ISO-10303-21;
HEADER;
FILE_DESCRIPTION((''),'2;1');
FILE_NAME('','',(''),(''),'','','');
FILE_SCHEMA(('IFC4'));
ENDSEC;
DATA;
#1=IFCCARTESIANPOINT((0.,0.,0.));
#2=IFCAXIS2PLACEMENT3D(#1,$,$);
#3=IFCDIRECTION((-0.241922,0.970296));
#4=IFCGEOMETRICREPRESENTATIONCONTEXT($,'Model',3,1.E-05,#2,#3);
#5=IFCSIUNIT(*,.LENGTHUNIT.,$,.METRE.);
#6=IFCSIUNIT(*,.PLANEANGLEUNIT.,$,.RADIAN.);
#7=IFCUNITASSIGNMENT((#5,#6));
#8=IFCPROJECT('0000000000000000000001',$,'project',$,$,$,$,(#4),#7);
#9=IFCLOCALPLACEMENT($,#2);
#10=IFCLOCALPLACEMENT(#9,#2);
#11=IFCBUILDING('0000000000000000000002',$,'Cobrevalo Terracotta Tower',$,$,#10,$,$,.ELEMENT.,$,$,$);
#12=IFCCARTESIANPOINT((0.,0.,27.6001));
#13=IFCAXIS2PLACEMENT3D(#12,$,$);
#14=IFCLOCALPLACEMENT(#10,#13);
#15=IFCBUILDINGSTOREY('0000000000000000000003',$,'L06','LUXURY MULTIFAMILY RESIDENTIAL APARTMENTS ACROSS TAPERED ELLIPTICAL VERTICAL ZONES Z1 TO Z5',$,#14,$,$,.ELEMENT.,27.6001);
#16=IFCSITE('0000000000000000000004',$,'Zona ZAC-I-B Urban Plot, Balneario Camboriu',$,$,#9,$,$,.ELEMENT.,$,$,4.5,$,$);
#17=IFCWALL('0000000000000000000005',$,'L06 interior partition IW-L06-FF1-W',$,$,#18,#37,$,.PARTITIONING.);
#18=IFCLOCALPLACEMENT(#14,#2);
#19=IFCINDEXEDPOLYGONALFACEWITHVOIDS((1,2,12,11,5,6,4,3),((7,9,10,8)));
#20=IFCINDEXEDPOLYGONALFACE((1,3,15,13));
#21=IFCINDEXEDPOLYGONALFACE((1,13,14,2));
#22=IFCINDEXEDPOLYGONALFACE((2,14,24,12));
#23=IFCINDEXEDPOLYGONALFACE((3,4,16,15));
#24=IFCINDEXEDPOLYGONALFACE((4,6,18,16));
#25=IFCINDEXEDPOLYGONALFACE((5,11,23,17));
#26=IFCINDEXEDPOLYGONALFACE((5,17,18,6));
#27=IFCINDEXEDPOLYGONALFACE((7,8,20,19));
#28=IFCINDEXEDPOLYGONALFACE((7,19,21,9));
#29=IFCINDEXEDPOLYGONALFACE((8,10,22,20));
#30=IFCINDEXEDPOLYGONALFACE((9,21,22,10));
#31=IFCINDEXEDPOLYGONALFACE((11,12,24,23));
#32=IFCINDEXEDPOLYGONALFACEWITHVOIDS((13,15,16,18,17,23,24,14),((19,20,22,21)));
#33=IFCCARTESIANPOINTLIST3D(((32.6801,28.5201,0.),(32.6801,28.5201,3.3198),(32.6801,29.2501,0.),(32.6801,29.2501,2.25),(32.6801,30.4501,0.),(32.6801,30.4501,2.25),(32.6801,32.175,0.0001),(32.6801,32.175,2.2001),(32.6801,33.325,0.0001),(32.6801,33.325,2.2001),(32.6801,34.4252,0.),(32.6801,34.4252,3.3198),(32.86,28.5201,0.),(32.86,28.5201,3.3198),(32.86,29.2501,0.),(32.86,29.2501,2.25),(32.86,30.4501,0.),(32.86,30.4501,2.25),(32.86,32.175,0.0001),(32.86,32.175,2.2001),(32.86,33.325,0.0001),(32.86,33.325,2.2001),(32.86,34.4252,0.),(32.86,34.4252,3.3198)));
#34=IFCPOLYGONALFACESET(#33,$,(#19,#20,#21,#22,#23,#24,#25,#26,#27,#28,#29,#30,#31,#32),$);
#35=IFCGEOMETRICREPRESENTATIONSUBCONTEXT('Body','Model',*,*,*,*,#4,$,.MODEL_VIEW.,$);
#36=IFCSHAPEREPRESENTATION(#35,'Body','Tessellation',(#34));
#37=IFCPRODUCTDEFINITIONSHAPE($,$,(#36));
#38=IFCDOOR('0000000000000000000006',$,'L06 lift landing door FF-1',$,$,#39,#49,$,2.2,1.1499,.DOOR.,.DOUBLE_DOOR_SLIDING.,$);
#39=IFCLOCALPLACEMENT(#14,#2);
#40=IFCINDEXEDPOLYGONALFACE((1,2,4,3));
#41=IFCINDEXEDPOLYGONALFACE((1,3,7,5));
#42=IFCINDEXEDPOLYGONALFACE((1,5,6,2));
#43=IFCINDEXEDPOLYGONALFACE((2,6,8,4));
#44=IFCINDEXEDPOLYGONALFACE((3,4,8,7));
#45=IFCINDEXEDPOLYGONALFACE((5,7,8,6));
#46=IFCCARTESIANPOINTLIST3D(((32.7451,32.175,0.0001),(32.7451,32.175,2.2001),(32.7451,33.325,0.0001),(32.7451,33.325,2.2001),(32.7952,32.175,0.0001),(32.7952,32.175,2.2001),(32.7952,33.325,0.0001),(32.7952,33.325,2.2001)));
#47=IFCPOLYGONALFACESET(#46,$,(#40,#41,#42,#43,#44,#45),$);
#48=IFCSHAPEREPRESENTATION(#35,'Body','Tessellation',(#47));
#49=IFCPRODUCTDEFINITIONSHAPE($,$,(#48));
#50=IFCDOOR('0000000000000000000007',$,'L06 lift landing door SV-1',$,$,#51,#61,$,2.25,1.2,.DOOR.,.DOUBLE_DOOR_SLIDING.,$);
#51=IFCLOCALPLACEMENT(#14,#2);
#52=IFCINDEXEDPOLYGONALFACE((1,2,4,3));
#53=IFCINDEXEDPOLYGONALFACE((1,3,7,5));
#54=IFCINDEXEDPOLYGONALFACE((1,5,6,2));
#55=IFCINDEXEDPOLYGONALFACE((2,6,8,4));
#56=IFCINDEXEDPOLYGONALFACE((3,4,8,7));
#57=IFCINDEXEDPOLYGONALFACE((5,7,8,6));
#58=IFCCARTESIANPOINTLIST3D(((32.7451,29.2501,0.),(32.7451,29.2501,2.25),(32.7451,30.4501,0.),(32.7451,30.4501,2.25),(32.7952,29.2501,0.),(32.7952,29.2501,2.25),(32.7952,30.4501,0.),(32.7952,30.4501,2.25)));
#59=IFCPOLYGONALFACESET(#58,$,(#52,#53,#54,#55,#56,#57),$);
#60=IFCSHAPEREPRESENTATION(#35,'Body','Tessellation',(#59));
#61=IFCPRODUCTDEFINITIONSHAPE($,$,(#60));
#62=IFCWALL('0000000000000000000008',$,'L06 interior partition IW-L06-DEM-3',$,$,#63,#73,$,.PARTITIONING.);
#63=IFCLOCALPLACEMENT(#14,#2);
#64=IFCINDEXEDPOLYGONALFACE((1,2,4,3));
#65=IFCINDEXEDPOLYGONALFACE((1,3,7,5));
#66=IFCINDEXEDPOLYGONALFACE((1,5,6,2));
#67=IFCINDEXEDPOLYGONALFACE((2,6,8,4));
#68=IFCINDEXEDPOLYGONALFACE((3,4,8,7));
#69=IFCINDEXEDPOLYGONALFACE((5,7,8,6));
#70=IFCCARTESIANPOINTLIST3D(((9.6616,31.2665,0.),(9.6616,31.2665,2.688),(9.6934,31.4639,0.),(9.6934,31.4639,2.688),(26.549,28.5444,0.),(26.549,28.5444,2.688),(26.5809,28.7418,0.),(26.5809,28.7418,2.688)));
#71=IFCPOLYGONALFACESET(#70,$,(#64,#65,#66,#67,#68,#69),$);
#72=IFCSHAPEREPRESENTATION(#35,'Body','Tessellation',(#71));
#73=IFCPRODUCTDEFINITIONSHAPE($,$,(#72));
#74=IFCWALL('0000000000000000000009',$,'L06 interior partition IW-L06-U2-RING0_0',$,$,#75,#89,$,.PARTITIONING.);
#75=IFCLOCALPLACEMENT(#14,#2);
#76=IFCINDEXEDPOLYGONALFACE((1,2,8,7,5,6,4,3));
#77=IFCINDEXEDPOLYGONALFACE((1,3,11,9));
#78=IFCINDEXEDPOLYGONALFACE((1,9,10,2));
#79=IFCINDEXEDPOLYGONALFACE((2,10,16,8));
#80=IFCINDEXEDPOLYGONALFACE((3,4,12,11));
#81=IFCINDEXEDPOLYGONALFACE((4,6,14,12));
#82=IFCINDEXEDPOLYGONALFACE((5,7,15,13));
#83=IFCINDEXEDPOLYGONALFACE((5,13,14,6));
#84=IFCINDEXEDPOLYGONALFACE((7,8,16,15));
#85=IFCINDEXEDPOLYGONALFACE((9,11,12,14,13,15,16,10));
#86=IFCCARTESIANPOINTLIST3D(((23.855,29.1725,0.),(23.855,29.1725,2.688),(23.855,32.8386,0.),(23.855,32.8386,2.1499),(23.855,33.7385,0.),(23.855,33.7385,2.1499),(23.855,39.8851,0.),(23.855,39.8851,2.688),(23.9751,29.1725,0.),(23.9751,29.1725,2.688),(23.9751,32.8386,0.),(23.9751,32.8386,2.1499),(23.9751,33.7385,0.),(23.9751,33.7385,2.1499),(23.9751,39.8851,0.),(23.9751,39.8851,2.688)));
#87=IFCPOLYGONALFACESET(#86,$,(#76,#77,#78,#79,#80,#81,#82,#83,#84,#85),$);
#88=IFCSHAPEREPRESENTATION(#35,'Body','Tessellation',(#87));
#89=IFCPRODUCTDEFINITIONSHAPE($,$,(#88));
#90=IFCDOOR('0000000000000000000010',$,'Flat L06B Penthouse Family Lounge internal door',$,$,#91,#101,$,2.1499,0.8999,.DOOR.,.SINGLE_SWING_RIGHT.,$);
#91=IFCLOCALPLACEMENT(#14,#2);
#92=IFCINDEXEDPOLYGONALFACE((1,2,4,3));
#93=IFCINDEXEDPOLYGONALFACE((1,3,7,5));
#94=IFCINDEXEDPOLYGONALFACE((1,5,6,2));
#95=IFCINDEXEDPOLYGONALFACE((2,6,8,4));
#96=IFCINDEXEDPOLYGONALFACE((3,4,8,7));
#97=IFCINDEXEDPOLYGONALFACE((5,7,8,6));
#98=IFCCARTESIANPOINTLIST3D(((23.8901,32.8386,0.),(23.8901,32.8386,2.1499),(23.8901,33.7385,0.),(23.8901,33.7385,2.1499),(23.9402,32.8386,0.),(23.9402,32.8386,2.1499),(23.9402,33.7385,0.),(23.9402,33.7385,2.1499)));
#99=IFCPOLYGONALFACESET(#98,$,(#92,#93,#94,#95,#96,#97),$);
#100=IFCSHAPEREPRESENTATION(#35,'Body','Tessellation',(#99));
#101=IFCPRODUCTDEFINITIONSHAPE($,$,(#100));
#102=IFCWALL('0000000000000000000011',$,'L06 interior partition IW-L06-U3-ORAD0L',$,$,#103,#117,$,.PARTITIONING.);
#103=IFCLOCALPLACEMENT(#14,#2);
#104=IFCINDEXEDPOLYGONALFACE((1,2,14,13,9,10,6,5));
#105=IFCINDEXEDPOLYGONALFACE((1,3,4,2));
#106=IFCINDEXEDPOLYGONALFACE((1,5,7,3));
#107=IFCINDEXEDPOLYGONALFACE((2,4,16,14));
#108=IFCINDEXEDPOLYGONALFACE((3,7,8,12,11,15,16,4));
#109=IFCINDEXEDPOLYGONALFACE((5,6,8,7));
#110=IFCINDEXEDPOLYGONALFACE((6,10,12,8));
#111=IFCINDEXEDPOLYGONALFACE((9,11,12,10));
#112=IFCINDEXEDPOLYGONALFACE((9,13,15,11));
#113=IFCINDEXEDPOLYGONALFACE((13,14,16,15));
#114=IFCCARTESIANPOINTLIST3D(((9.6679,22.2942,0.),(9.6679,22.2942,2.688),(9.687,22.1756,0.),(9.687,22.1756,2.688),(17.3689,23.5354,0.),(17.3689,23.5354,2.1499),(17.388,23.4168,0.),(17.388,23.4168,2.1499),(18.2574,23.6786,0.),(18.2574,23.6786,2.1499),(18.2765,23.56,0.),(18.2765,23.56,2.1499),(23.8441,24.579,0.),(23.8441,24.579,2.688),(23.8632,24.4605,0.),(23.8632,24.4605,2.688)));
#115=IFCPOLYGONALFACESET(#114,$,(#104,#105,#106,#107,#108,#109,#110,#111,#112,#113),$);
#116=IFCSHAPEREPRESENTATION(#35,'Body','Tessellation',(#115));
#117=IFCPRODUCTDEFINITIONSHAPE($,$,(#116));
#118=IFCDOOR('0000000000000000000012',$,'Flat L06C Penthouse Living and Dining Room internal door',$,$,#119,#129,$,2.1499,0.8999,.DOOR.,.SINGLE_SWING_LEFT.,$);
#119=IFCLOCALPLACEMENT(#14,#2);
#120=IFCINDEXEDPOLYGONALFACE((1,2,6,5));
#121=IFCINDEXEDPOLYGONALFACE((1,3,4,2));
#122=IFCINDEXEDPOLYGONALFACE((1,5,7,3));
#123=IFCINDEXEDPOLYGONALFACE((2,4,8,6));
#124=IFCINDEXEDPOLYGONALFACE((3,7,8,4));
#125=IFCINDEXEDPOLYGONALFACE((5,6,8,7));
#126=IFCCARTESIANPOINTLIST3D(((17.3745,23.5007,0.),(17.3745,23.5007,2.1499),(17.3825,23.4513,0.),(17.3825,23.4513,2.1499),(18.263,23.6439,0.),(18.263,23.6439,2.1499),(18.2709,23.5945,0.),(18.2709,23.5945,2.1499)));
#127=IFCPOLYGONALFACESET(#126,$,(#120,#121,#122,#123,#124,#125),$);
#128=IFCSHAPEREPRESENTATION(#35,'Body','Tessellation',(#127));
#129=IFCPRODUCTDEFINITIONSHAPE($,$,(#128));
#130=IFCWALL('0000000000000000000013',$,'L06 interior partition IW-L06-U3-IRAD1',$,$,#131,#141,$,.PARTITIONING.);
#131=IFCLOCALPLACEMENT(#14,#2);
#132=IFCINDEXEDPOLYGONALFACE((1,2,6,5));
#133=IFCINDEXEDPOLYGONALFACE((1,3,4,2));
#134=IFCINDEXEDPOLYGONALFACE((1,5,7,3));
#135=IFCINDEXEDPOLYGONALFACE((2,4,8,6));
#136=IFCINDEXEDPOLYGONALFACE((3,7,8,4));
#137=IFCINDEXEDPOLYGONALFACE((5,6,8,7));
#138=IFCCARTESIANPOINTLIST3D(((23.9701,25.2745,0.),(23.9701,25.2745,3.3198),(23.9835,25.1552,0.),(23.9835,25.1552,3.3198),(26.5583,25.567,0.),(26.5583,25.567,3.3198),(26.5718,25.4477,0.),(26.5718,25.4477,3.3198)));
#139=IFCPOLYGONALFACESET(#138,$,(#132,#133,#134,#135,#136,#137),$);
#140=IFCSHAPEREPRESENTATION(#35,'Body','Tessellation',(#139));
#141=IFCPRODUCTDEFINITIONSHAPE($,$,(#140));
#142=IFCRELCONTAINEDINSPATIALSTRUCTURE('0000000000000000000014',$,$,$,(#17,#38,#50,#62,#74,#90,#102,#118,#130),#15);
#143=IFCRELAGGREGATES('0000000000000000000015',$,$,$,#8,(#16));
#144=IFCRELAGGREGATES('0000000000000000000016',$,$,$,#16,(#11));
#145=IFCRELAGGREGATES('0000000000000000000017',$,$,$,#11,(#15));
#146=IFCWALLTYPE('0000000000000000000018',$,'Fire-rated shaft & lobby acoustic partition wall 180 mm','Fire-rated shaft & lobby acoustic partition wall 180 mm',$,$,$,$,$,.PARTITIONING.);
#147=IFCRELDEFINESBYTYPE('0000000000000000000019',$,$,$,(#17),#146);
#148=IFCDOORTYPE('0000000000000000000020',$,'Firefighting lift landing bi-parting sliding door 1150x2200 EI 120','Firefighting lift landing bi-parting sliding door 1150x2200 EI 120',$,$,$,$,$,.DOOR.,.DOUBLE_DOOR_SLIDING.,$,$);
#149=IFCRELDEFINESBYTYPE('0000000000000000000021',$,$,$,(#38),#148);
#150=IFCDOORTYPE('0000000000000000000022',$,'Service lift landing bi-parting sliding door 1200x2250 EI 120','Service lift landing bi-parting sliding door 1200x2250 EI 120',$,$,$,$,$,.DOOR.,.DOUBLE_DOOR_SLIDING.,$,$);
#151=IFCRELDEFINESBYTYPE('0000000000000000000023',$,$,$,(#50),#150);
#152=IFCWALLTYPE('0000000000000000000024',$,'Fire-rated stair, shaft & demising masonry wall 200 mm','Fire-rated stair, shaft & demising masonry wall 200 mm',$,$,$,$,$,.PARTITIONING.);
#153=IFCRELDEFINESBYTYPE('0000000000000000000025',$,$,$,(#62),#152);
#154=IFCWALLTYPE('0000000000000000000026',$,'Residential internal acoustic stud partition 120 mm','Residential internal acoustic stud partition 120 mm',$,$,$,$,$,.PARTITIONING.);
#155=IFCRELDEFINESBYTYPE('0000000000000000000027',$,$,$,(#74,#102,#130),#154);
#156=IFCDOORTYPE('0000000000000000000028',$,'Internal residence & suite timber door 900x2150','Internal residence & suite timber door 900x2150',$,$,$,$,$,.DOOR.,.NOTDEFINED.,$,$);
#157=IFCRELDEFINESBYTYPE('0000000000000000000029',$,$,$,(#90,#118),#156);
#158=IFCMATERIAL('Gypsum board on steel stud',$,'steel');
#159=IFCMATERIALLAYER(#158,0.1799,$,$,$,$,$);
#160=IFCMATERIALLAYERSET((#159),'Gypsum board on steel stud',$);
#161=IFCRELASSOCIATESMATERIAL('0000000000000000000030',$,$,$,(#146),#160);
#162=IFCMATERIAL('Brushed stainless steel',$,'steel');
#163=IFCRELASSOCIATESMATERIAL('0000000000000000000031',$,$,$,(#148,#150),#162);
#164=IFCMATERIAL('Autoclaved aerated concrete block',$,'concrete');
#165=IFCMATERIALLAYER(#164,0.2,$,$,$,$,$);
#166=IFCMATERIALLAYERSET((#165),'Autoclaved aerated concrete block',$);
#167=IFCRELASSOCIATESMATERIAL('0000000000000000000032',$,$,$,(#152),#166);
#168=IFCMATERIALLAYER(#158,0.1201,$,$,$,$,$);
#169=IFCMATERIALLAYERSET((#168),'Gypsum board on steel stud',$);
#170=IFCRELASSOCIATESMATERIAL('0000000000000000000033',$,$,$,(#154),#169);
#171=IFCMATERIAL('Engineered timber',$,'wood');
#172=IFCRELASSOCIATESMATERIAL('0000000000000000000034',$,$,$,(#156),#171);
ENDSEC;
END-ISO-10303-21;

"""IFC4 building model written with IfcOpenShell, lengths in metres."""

from ifc_helpers import new_model, si_unit, direction, frame, frame_2d, origin, place, context, subcontext, project, spatial, rectangle, extrude, source, transform, mapped, material, layer, layer_set, type_object, element, fill, save


model = new_model("IFC4")

# Units and contexts
model_context = context("Model", 3, precision=1e-05, world=origin(), true_north=direction((-0.241922, 0.970296)))
body_context = subcontext(model_context, "Body", "Model", "MODEL_VIEW")
ifc_project = project(units=[si_unit("LENGTHUNIT", "METRE"), si_unit("PLANEANGLEUNIT", "RADIAN")], contexts=[model_context])

# Site, building, storey
site_placement = place(None, origin())
site = spatial("IfcSite", under=ifc_project, at=site_placement, Name="Zona ZAC-I-B Urban Plot, Balneario Camboriu", CompositionType="ELEMENT", RefElevation=4.5)
building_placement = place(site_placement, origin())
building = spatial("IfcBuilding", under=site, at=building_placement, Name="Cobrevalo Terracotta Tower", CompositionType="ELEMENT")
storey_placement = place(building_placement, frame((0.0, 0.0, 27.6001)))
storey = spatial("IfcBuildingStorey", under=building, at=storey_placement, Name="L06", Description="LUXURY MULTIFAMILY RESIDENTIAL APARTMENTS ACROSS TAPERED ELLIPTICAL VERTICAL ZONES Z1 TO Z5", CompositionType="ELEMENT", Elevation=27.6001)

# Shared definitions
ifc_material_1 = material(Name="Gypsum board on steel stud", Category="steel")

# Shared definitions
ifc_layer_1 = layer(ifc_material_1, 0.1799)
ifc_layer_set_1 = layer_set([ifc_layer_1], Name="Gypsum board on steel stud")
wall_type_1 = type_object("IfcWallType", Name="Fire-rated shaft & lobby acoustic partition wall 180 mm", Description="Fire-rated shaft & lobby acoustic partition wall 180 mm", PredefinedType="PARTITIONING", material=ifc_layer_set_1)

# Wall, openings, doors
wall_1_placement = place(storey_placement, frame((32.77, 28.52, 0.0), z_axis=(0.0, 0.0, 1.0), x_axis=(0.0, 1.0, 0.0)))
wall_1 = element("IfcWall", 1, at=wall_1_placement, inside=storey, type_object=wall_type_1, Name="L06 interior partition IW-L06-FF1-W", PredefinedType="PARTITIONING", context=body_context, shape_type="SweptSolid", body=[
    extrude(rectangle(XDim=5.905, YDim=0.1799, at=frame_2d((2.9526, 0.0))), origin(), (0.0, 0.0, 1.0), 3.3198),
])
opening_1_placement = place(wall_1_placement, frame((3.655, 0.0, 0.0)))
opening_1 = element("IfcOpeningElement", 2, at=opening_1_placement, cuts=wall_1, PredefinedType="OPENING", context=body_context, shape_type="SweptSolid", body=[
    extrude(rectangle(XDim=1.1499, YDim=2.2, at=frame_2d((0.575, 1.1001))), frame((0.0, 0.1001, 0.0), z_axis=(0.0, -1.0, 0.0), x_axis=(1.0, 0.0, 0.0)), (0.0, 0.0, 1.0), 0.2),
])
opening_2_placement = place(wall_1_placement, frame((0.73, 0.0, 0.0)))
opening_2 = element("IfcOpeningElement", 3, at=opening_2_placement, cuts=wall_1, PredefinedType="OPENING", context=body_context, shape_type="SweptSolid", body=[
    extrude(rectangle(XDim=1.2, YDim=2.25, at=frame_2d((0.6001, 1.125))), frame((0.0, 0.1001, 0.0), z_axis=(0.0, -1.0, 0.0), x_axis=(1.0, 0.0, 0.0)), (0.0, 0.0, 1.0), 0.2),
])
ifc_material_2 = material(Name="Brushed stainless steel", Category="steel")
door_type_1 = type_object("IfcDoorType", Name="Firefighting lift landing bi-parting sliding door 1150x2200 EI 120", Description="Firefighting lift landing bi-parting sliding door 1150x2200 EI 120", OperationType="DOUBLE_DOOR_SLIDING", PredefinedType="DOOR", material=ifc_material_2)
shared_shape_1 = source(origin(), body_context, "Body", "SweptSolid", [
    extrude(rectangle(XDim=1.1499, YDim=2.2, at=frame_2d((0.575, 1.1001))), frame((0.0, 0.0249, 0.0), z_axis=(0.0, -1.0, 0.0), x_axis=(1.0, 0.0, 0.0)), (0.0, 0.0, 1.0), 0.05),
])
door_1_placement = place(opening_1_placement, origin())
door_1 = element("IfcDoor", 4, at=door_1_placement, inside=storey, type_object=door_type_1, Name="L06 lift landing door FF-1", OperationType="DOUBLE_DOOR_SLIDING", OverallHeight=2.2, OverallWidth=1.1499, PredefinedType="DOOR", context=body_context, shape_type="MappedRepresentation", body=[
    mapped(shared_shape_1, transform((0.0, 0.0, 0.0), scale=1.0)),
])
fill(opening_1, door_1)
door_type_2 = type_object("IfcDoorType", Name="Service lift landing bi-parting sliding door 1200x2250 EI 120", Description="Service lift landing bi-parting sliding door 1200x2250 EI 120", OperationType="DOUBLE_DOOR_SLIDING", PredefinedType="DOOR", material=ifc_material_2)
shared_shape_2 = source(origin(), body_context, "Body", "SweptSolid", [
    extrude(rectangle(XDim=1.2, YDim=2.25, at=frame_2d((0.6001, 1.125))), frame((0.0, 0.0249, 0.0), z_axis=(0.0, -1.0, 0.0), x_axis=(1.0, 0.0, 0.0)), (0.0, 0.0, 1.0), 0.05),
])
door_2_placement = place(opening_2_placement, origin())
door_2 = element("IfcDoor", 5, at=door_2_placement, inside=storey, type_object=door_type_2, Name="L06 lift landing door SV-1", OperationType="DOUBLE_DOOR_SLIDING", OverallHeight=2.25, OverallWidth=1.2, PredefinedType="DOOR", context=body_context, shape_type="MappedRepresentation", body=[
    mapped(shared_shape_2, transform((0.0, 0.0, 0.0), scale=1.0)),
])
fill(opening_2, door_2)

# Wall
ifc_material_3 = material(Name="Autoclaved aerated concrete block", Category="concrete")
ifc_layer_2 = layer(ifc_material_3, 0.2)
ifc_layer_set_2 = layer_set([ifc_layer_2], Name="Autoclaved aerated concrete block")
wall_type_2 = type_object("IfcWallType", Name="Fire-rated stair, shaft & demising masonry wall 200 mm", Description="Fire-rated stair, shaft & demising masonry wall 200 mm", PredefinedType="PARTITIONING", material=ifc_layer_set_2)
wall_2_placement = place(storey_placement, frame((26.5649, 28.6431, 0.0), z_axis=(0.0, 0.0, 1.0), x_axis=(-0.987256, 0.15914, 0.0)))
element("IfcWall", 6, at=wall_2_placement, inside=storey, type_object=wall_type_2, Name="L06 interior partition IW-L06-DEM-3", PredefinedType="PARTITIONING", context=body_context, shape_type="SweptSolid", body=[
    extrude(rectangle(XDim=17.1055, YDim=0.2, at=frame_2d((8.5527, 0.0))), origin(), (0.0, 0.0, 1.0), 2.688),
])

# Walls, openings, doors
ifc_layer_3 = layer(ifc_material_1, 0.1201)
ifc_layer_set_3 = layer_set([ifc_layer_3], Name="Gypsum board on steel stud")
wall_type_3 = type_object("IfcWallType", Name="Residential internal acoustic stud partition 120 mm", Description="Residential internal acoustic stud partition 120 mm", PredefinedType="PARTITIONING", material=ifc_layer_set_3)
wall_3_placement = place(storey_placement, frame((23.915, 29.1724, 0.0), z_axis=(0.0, 0.0, 1.0), x_axis=(0.0, 1.0, 0.0)))
wall_3 = element("IfcWall", 7, at=wall_3_placement, inside=storey, type_object=wall_type_3, Name="L06 interior partition IW-L06-U2-RING0_0", PredefinedType="PARTITIONING", context=body_context, shape_type="SweptSolid", body=[
    extrude(rectangle(XDim=10.7126, YDim=0.1201, at=frame_2d((5.3564, 0.0))), origin(), (0.0, 0.0, 1.0), 2.688),
])
opening_3_placement = place(wall_3_placement, frame((3.6663, 0.0, 0.0)))
opening_3 = element("IfcOpeningElement", 8, at=opening_3_placement, cuts=wall_3, PredefinedType="OPENING", context=body_context, shape_type="SweptSolid", body=[
    extrude(rectangle(XDim=0.8999, YDim=2.1499, at=frame_2d((0.45, 1.075))), frame((0.0, 0.0701, 0.0), z_axis=(0.0, -1.0, 0.0), x_axis=(1.0, 0.0, 0.0)), (0.0, 0.0, 1.0), 0.1401),
])
ifc_material_4 = material(Name="Engineered timber", Category="wood")
door_type_3 = type_object("IfcDoorType", Name="Internal residence & suite timber door 900x2150", Description="Internal residence & suite timber door 900x2150", OperationType="NOTDEFINED", PredefinedType="DOOR", material=ifc_material_4)
shared_shape_3 = source(origin(), body_context, "Body", "SweptSolid", [
    extrude(rectangle(XDim=0.8999, YDim=2.1499, at=frame_2d((0.45, 1.075))), frame((0.0, 0.0249, 0.0), z_axis=(0.0, -1.0, 0.0), x_axis=(1.0, 0.0, 0.0)), (0.0, 0.0, 1.0), 0.05),
])
door_3_placement = place(opening_3_placement, origin())
door_3 = element("IfcDoor", 9, at=door_3_placement, inside=storey, type_object=door_type_3, Name="Flat L06B Penthouse Family Lounge internal door", OperationType="SINGLE_SWING_RIGHT", OverallHeight=2.1499, OverallWidth=0.8999, PredefinedType="DOOR", context=body_context, shape_type="MappedRepresentation", body=[
    mapped(shared_shape_3, transform((0.0, 0.0, 0.0), scale=1.0)),
])
fill(opening_3, door_3)
wall_4_placement = place(storey_placement, frame((23.8538, 24.5198, 0.0), z_axis=(0.0, 0.0, 1.0), x_axis=(-0.987258, -0.159125, 0.0)))
wall_4 = element("IfcWall", 10, at=wall_4_placement, inside=storey, type_object=wall_type_3, Name="L06 interior partition IW-L06-U3-ORAD0L", PredefinedType="PARTITIONING", context=body_context, shape_type="SweptSolid", body=[
    extrude(rectangle(XDim=14.3591, YDim=0.1201, at=frame_2d((7.1797, 0.0))), origin(), (0.0, 0.0, 1.0), 2.688),
])
opening_4_placement = place(wall_4_placement, frame((5.6589, 0.0, 0.0)))
opening_4 = element("IfcOpeningElement", 11, at=opening_4_placement, cuts=wall_4, PredefinedType="OPENING", context=body_context, shape_type="SweptSolid", body=[
    extrude(rectangle(XDim=0.8999, YDim=2.1499, at=frame_2d((0.45, 1.075))), frame((0.0, 0.0701, 0.0), z_axis=(0.0, -1.0, 0.0), x_axis=(1.0, 0.0, 0.0)), (0.0, 0.0, 1.0), 0.1401),
])
door_4_placement = place(opening_4_placement, frame((0.8999, 0.0, 0.0), z_axis=(0.0, 0.0, 1.0), x_axis=(-1.0, 0.0, 0.0)))
door_4 = element("IfcDoor", 12, at=door_4_placement, inside=storey, type_object=door_type_3, Name="Flat L06C Penthouse Living and Dining Room internal door", OperationType="SINGLE_SWING_LEFT", OverallHeight=2.1499, OverallWidth=0.8999, PredefinedType="DOOR", context=body_context, shape_type="MappedRepresentation", body=[
    mapped(shared_shape_3, transform((0.0, 0.0, 0.0), scale=1.0)),
])
fill(opening_4, door_4)

# Wall
wall_5_placement = place(storey_placement, frame((26.5649, 25.5073, 0.0), z_axis=(0.0, 0.0, 1.0), x_axis=(-0.993676, -0.112283, 0.0)))
element("IfcWall", 13, at=wall_5_placement, inside=storey, type_object=wall_type_3, Name="L06 interior partition IW-L06-U3-IRAD1", PredefinedType="PARTITIONING", context=body_context, shape_type="SweptSolid", body=[
    extrude(rectangle(XDim=2.6047, YDim=0.1201, at=frame_2d((1.3022, 0.0))), origin(), (0.0, 0.0, 1.0), 3.3198),
])

save(model, "model.ifc")
